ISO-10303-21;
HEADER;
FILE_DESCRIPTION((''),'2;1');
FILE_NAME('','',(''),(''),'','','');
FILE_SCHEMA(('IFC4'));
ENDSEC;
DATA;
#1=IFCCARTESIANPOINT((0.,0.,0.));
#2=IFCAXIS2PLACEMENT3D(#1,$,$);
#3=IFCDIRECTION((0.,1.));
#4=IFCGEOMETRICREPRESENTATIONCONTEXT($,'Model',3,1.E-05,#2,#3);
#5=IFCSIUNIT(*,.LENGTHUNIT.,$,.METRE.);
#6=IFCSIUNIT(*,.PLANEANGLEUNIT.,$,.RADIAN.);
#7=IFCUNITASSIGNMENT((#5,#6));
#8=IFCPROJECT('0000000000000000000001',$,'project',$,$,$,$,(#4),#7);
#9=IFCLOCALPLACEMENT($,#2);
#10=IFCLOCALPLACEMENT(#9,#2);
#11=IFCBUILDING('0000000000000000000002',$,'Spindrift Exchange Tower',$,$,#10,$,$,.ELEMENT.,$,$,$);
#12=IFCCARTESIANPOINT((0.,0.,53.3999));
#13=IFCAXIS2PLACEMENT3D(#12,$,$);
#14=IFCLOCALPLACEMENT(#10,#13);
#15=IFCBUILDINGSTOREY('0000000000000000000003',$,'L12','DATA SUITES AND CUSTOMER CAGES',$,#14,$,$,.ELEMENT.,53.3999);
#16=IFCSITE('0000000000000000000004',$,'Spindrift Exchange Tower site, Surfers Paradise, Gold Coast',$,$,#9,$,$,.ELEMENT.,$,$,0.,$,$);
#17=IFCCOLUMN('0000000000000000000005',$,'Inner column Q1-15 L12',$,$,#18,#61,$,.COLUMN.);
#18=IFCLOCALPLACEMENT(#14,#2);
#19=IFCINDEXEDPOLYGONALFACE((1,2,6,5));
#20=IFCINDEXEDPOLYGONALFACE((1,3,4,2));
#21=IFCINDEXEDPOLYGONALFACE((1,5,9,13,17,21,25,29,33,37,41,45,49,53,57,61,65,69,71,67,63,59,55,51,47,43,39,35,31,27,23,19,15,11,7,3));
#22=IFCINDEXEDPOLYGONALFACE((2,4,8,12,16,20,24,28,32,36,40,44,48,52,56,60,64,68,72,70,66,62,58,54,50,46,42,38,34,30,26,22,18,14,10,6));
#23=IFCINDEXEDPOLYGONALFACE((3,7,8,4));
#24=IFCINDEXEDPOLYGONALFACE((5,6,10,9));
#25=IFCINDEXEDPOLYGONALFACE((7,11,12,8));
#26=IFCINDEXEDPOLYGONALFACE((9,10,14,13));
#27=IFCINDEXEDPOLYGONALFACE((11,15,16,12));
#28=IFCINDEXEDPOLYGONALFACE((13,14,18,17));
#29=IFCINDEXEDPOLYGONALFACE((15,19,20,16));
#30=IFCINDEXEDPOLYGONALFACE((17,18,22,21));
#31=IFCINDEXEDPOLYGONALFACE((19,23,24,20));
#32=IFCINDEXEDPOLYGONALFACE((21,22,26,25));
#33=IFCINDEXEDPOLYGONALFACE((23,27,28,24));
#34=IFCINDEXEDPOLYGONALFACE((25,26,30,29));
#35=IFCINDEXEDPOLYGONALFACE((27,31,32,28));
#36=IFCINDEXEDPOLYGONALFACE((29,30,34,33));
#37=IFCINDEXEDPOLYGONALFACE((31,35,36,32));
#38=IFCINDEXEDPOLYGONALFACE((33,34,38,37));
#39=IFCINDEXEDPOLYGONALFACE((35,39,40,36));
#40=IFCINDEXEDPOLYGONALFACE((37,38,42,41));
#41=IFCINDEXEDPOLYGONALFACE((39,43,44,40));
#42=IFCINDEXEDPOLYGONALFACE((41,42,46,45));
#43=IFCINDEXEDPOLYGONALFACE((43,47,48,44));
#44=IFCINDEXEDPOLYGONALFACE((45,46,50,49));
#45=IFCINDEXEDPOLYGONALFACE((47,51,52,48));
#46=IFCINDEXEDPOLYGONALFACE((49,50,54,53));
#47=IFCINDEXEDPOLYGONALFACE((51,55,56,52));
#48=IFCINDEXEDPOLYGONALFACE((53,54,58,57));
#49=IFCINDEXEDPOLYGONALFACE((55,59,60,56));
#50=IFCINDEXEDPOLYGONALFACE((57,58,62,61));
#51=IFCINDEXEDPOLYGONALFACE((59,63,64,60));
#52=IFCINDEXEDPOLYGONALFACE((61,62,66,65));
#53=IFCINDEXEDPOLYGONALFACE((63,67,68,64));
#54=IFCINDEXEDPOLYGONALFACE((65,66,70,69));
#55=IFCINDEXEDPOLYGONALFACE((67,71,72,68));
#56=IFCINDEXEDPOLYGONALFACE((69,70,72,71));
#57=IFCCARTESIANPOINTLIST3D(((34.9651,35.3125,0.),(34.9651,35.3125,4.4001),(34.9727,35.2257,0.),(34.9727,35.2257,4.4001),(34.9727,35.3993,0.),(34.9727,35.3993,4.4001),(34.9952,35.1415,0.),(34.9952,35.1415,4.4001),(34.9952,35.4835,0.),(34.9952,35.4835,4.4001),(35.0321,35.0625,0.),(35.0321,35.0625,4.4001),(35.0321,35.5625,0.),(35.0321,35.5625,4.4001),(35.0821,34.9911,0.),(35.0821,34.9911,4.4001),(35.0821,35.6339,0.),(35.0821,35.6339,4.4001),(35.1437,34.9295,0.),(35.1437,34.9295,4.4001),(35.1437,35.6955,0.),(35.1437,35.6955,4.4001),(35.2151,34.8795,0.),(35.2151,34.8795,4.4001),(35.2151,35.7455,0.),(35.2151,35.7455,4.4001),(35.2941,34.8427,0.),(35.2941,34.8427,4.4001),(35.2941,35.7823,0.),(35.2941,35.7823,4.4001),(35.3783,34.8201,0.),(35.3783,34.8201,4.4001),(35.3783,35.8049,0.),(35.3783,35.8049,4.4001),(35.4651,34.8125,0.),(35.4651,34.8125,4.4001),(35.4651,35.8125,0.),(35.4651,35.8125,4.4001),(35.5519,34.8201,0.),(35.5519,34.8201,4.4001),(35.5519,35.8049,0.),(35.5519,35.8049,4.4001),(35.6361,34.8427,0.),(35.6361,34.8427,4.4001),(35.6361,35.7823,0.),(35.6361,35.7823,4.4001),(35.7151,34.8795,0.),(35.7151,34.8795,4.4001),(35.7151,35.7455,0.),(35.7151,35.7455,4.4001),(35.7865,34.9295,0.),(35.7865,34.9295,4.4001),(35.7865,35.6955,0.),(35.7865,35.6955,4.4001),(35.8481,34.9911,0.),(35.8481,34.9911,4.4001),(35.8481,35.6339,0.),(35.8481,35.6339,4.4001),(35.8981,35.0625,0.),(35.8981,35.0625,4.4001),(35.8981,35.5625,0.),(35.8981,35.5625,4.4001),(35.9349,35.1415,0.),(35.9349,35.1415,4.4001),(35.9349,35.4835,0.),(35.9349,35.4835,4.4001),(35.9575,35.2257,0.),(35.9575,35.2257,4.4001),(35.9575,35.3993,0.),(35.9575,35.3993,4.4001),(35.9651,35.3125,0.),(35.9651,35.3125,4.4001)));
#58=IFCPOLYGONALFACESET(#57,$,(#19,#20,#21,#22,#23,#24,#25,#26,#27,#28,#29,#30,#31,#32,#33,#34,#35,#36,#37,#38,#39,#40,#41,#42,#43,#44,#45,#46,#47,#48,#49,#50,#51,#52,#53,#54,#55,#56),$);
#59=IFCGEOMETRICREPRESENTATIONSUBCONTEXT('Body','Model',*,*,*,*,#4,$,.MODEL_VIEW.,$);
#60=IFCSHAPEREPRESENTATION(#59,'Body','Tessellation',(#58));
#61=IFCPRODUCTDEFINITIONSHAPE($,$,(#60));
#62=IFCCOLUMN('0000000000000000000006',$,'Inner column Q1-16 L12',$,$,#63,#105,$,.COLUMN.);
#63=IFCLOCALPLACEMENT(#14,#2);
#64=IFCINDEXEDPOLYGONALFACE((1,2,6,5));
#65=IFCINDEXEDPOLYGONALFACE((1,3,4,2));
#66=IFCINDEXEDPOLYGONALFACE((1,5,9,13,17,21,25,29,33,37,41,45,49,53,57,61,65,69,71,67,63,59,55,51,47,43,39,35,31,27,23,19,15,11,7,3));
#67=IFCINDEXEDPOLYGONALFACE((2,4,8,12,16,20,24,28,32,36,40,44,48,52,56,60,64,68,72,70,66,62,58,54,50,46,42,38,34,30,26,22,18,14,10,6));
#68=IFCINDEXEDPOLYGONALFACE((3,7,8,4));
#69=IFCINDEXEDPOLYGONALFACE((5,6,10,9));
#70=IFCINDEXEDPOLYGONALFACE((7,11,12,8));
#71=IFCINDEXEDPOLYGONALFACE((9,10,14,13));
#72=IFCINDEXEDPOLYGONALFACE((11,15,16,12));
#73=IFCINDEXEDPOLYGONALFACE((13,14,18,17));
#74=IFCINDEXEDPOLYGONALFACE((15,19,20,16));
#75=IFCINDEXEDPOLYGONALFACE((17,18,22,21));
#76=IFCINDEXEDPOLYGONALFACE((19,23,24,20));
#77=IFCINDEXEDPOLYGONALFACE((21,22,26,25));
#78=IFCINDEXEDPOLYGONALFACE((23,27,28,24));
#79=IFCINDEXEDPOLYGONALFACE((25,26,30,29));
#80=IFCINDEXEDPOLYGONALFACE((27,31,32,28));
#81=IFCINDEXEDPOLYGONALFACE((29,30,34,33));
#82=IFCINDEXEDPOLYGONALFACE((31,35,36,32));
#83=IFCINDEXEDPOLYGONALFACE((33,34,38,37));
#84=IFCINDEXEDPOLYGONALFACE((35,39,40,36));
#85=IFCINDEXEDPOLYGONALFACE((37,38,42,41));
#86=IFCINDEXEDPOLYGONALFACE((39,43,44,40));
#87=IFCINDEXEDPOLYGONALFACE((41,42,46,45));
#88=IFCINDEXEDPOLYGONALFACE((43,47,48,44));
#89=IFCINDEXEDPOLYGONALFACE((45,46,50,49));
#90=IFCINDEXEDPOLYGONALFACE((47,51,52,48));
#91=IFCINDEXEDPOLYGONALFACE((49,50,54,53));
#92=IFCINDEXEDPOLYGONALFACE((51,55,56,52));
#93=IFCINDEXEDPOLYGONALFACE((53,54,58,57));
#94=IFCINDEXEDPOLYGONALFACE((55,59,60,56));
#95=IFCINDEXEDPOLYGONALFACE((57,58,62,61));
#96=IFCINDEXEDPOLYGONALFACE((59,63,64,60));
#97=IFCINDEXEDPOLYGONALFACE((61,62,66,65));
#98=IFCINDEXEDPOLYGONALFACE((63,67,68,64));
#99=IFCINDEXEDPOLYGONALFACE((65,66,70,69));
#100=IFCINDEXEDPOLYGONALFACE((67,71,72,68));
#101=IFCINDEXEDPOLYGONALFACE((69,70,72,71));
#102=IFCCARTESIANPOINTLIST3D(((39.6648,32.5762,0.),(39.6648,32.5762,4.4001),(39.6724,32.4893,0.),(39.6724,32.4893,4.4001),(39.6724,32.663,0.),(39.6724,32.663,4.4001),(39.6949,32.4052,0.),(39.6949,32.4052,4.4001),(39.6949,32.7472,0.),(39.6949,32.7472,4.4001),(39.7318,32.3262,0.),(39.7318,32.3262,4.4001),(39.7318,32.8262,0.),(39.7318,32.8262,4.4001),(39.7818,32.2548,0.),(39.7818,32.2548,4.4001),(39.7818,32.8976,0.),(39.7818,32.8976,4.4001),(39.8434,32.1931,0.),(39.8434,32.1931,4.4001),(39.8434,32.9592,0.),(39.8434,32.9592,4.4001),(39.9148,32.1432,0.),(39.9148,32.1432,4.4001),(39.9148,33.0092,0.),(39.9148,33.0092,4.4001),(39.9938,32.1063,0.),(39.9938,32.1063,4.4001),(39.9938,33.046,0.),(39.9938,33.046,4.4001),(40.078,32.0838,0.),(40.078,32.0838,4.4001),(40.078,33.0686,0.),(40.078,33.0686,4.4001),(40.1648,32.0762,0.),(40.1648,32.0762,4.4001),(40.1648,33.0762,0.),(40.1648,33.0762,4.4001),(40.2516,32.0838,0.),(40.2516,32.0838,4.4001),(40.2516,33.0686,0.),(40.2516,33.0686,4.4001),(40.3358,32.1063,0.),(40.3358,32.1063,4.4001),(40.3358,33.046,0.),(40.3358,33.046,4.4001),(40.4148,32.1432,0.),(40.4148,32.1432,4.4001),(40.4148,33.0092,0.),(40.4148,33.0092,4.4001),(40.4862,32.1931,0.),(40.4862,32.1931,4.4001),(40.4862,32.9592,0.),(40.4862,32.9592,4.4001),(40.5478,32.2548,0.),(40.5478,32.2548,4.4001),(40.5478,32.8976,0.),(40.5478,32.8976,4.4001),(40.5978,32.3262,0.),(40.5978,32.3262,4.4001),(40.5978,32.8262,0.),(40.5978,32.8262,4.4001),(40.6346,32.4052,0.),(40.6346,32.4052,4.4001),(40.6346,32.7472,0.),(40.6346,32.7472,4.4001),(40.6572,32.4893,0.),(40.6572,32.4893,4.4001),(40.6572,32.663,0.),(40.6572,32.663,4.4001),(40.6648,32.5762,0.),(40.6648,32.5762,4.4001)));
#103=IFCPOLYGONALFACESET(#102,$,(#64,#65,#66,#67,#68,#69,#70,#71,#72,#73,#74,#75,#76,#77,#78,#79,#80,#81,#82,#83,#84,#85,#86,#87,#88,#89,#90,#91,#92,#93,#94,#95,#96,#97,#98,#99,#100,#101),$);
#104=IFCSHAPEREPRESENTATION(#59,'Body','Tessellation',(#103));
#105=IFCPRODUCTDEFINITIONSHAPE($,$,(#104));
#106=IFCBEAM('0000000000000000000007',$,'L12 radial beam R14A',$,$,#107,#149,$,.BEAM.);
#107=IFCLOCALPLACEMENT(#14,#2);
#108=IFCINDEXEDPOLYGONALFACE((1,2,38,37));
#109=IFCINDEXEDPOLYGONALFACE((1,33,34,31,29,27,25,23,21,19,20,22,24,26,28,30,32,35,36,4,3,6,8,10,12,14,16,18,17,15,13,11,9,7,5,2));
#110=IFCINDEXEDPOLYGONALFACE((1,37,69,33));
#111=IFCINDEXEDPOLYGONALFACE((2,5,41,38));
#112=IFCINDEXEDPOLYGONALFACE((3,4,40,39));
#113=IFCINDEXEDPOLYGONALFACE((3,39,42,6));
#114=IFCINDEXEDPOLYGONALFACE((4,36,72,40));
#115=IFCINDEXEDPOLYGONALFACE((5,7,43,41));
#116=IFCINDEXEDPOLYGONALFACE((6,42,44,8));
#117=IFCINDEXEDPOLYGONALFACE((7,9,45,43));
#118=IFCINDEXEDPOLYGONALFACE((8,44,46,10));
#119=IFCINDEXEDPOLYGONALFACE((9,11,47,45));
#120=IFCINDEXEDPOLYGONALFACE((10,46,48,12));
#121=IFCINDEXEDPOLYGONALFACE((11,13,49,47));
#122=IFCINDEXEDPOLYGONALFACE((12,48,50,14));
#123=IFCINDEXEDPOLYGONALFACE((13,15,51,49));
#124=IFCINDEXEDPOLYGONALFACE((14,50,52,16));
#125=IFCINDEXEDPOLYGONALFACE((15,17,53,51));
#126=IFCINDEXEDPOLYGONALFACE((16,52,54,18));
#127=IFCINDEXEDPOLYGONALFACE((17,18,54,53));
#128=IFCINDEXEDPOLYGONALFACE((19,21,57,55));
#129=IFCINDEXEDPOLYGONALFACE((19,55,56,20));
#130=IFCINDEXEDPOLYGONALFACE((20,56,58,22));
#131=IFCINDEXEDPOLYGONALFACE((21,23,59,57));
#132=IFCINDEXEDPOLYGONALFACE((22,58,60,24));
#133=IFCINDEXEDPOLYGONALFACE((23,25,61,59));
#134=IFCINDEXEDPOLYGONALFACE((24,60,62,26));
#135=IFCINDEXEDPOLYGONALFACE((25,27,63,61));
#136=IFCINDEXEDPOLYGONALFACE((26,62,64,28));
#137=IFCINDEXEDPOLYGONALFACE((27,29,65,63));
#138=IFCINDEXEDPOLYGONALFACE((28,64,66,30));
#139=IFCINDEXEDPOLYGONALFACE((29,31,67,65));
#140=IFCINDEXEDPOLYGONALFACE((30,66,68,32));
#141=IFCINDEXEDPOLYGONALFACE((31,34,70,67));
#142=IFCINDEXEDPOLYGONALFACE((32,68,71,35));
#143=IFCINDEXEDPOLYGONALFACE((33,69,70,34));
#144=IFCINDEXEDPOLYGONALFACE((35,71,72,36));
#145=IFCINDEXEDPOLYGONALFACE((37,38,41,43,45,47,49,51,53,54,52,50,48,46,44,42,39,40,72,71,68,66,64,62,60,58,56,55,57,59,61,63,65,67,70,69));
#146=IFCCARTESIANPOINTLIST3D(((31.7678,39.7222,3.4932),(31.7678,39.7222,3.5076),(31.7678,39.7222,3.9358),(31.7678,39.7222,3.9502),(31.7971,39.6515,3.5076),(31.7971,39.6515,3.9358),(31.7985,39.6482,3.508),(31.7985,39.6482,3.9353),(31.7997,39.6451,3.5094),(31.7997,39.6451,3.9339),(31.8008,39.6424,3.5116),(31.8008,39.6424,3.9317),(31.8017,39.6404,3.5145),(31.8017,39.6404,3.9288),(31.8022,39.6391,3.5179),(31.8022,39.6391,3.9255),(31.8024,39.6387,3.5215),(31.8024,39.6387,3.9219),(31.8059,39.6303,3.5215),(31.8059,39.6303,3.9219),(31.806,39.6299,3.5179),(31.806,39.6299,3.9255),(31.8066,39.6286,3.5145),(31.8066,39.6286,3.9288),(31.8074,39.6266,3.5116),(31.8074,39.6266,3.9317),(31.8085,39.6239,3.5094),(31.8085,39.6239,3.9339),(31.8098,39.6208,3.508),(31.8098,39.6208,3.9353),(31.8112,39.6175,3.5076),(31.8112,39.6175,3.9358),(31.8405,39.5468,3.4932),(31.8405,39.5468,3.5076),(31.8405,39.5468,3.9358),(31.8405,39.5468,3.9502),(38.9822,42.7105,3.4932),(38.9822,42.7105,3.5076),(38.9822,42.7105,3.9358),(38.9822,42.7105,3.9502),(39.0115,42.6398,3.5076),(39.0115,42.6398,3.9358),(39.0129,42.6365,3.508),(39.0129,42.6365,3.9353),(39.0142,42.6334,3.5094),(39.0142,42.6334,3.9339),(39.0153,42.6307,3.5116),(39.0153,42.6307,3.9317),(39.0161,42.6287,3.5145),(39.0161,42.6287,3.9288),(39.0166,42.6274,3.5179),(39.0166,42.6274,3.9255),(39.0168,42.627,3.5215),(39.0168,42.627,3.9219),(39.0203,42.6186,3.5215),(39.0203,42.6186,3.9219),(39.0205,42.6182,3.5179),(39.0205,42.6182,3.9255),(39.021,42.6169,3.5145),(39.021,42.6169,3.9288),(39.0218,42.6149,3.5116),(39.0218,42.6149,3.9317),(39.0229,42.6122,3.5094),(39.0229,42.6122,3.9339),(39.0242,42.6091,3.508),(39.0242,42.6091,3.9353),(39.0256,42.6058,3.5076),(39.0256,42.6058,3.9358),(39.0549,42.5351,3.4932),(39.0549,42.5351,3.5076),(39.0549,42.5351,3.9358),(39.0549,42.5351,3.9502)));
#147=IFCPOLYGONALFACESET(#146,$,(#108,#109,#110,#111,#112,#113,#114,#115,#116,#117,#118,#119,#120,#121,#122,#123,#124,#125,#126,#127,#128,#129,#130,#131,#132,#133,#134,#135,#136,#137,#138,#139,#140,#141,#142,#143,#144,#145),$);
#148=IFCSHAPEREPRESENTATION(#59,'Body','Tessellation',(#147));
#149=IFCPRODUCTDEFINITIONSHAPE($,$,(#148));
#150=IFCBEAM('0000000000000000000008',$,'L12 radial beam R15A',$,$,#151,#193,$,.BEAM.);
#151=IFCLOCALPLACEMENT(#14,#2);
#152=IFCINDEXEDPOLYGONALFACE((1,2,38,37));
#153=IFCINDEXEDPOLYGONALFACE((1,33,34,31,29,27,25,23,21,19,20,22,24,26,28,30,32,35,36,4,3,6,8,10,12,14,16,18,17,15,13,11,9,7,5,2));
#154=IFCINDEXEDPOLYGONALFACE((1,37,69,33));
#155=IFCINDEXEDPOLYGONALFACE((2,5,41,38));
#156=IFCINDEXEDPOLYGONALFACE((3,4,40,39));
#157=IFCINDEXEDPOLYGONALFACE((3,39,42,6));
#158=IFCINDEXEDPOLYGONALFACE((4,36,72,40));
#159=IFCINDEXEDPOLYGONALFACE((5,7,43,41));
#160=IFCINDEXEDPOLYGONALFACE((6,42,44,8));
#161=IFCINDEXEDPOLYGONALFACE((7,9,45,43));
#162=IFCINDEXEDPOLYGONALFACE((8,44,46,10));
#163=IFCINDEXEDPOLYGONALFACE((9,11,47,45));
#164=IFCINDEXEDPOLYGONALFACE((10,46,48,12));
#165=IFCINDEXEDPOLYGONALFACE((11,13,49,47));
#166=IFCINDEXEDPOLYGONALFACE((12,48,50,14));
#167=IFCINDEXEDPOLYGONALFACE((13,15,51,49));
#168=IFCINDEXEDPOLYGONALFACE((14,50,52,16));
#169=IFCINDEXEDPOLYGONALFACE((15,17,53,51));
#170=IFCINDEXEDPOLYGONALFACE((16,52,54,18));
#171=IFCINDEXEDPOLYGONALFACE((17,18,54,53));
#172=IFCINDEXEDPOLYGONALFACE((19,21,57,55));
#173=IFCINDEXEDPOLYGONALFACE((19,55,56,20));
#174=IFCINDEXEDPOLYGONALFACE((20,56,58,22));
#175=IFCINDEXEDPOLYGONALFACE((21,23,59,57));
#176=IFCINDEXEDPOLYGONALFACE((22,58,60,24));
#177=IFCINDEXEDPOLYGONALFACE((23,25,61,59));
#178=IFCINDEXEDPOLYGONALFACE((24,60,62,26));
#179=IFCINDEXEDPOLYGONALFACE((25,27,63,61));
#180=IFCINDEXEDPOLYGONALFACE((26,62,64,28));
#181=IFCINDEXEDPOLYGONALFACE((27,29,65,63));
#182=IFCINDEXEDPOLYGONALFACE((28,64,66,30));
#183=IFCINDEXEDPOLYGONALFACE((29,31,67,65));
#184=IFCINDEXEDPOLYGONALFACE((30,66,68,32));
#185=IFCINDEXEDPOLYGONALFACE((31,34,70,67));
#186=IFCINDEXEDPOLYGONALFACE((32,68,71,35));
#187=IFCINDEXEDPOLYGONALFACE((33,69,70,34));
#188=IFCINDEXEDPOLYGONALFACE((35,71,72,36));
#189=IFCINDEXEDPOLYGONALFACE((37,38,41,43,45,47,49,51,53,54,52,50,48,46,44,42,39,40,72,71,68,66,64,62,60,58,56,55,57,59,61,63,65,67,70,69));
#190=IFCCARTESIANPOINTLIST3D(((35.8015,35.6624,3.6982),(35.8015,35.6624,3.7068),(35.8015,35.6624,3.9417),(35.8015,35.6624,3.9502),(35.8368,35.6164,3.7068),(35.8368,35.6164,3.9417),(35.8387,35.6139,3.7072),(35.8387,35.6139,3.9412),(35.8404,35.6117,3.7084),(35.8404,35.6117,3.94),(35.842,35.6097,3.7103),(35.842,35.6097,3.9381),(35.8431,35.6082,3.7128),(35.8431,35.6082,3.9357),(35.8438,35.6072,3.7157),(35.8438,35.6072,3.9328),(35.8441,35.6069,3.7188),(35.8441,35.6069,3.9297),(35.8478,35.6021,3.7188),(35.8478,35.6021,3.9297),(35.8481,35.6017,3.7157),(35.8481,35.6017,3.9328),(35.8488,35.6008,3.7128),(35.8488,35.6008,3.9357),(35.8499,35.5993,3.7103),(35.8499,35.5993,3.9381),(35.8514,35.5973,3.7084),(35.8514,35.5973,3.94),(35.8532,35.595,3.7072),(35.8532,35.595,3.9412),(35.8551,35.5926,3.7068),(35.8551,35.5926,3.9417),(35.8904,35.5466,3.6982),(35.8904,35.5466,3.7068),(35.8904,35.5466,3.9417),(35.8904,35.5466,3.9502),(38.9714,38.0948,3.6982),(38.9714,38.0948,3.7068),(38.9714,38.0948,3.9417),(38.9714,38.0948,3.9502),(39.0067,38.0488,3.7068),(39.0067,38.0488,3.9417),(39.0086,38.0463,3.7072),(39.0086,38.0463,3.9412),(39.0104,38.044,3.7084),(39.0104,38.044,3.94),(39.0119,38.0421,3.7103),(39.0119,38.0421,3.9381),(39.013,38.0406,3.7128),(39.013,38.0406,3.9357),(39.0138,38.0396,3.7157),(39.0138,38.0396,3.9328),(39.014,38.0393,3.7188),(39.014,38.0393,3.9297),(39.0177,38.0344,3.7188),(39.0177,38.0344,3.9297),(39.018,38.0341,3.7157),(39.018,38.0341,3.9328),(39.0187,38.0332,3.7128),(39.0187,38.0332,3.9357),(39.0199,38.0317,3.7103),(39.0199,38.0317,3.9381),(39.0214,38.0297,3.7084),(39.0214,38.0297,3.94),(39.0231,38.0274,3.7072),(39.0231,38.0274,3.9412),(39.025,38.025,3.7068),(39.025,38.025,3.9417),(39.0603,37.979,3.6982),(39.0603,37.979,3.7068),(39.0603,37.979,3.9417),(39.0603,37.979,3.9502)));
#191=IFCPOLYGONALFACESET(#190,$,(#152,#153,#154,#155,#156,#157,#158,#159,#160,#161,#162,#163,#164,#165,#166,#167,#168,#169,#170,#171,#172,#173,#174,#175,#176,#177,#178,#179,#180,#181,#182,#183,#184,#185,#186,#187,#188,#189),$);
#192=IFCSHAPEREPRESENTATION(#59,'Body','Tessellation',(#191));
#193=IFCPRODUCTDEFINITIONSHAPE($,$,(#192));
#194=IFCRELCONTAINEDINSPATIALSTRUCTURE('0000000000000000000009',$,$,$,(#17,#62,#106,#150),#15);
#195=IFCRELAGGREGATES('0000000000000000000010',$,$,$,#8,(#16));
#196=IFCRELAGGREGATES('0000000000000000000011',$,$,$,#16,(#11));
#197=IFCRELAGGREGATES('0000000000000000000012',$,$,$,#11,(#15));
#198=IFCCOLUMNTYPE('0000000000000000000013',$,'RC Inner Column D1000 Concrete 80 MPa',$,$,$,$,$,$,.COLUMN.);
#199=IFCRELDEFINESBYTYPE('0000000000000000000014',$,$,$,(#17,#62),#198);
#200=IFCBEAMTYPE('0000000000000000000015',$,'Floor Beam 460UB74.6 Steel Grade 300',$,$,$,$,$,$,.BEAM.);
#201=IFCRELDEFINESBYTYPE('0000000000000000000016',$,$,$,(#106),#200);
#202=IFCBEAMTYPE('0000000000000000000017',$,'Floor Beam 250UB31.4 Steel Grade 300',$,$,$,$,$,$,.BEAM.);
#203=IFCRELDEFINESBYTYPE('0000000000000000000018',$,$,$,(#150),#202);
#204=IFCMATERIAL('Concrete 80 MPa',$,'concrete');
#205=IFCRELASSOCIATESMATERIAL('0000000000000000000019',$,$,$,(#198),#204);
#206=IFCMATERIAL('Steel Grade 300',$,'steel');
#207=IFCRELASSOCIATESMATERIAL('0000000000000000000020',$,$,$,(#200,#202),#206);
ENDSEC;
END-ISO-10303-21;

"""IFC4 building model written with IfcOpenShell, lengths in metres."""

from ifc_helpers import new_model, si_unit, direction, frame, origin, origin_2d, place, context, subcontext, project, spatial, circle, i_section, extrude, source, transform, mapped, material, material_profile, profile_set, type_object, element, save


model = new_model("IFC4")

# Units and contexts
model_context = context("Model", 3, precision=1e-05, world=origin(), true_north=direction((0.0, 1.0)))
body_context = subcontext(model_context, "Body", "Model", "MODEL_VIEW")
ifc_project = project(units=[si_unit("LENGTHUNIT", "METRE"), si_unit("PLANEANGLEUNIT", "RADIAN")], contexts=[model_context])

# Site, building, storey
site_placement = place(None, origin())
site = spatial("IfcSite", under=ifc_project, at=site_placement, Name="Spindrift Exchange Tower site, Surfers Paradise, Gold Coast", CompositionType="ELEMENT", RefElevation=0.0)
building_placement = place(site_placement, origin())
building = spatial("IfcBuilding", under=site, at=building_placement, Name="Spindrift Exchange Tower", CompositionType="ELEMENT")
storey_placement = place(building_placement, frame((0.0, 0.0, 53.3999)))
storey = spatial("IfcBuildingStorey", under=building, at=storey_placement, Name="L12", Description="DATA SUITES AND CUSTOMER CAGES", CompositionType="ELEMENT", Elevation=53.3999)

# Columns
ifc_material_1 = material(Name="Concrete 80 MPa", Category="concrete")
ifc_material_profile_1 = material_profile(ifc_material_1, circle(Radius=0.5, at=origin_2d()), Name="RC D1000")
ifc_profile_set_1 = profile_set([ifc_material_profile_1], Name="Concrete 80 MPa")
column_type = type_object("IfcColumnType", Name="RC Inner Column D1000 Concrete 80 MPa", PredefinedType="COLUMN", material=ifc_profile_set_1)
shared_shape_1 = source(origin(), body_context, "Body", "SweptSolid", [
    extrude(circle(Radius=0.5, at=origin_2d()), origin(), (0.0, 0.0, 1.0), 4.4001),
])
for number, where, z_axis, x_axis, name in (
    (1, (35.4651, 35.3125, 0.0), (0.0, 0.0, 1.0), (1.0, 0.0, 0.0), "Inner column Q1-15 L12"),
    (2, (40.1648, 32.5762, 0.0), (0.0, 0.0, 1.0), (1.0, 0.0, 0.0), "Inner column Q1-16 L12"),
):
    element("IfcColumn", number, at=place(storey_placement, frame(where, z_axis=z_axis, x_axis=x_axis)), inside=storey, type_object=column_type, Name=name, PredefinedType="COLUMN", context=body_context, shape_type="MappedRepresentation", body=[
        mapped(shared_shape_1, transform((0.0, 0.0, 0.0), scale=1.0)),
    ])

# Beams
ifc_material_2 = material(Name="Steel Grade 300", Category="steel")
ifc_material_profile_2 = material_profile(ifc_material_2, i_section(OverallWidth=0.1899, OverallDepth=0.457, WebThickness=0.009, FlangeThickness=0.0144, FilletRadius=0.0139, at=origin_2d()), Name="460UB74.6")
ifc_profile_set_2 = profile_set([ifc_material_profile_2], Name="Steel Grade 300")
beam_type_1 = type_object("IfcBeamType", Name="Floor Beam 460UB74.6 Steel Grade 300", PredefinedType="BEAM", material=ifc_profile_set_2)
shared_shape_2 = source(origin(), body_context, "Body", "SweptSolid", [
    extrude(i_section(OverallWidth=0.1899, OverallDepth=0.457, WebThickness=0.009, FlangeThickness=0.0144, FilletRadius=0.0139, at=origin_2d()), origin(), (0.0, 0.0, 1.0), 7.8088),
])
beam_1_placement = place(storey_placement, frame((39.0186, 42.6228, 3.7217), z_axis=(-0.92388, -0.382683, 0.0), x_axis=(0.382683, -0.92388, 0.0)))
element("IfcBeam", 3, at=beam_1_placement, inside=storey, type_object=beam_type_1, Name="L12 radial beam R14A", PredefinedType="BEAM", context=body_context, shape_type="MappedRepresentation", body=[
    mapped(shared_shape_2, transform((0.0, 0.0, 0.0), scale=1.0)),
])
ifc_material_profile_3 = material_profile(ifc_material_2, i_section(OverallWidth=0.146, OverallDepth=0.252, WebThickness=0.0061, FlangeThickness=0.0085, FilletRadius=0.012, at=origin_2d()), Name="250UB31.4")
ifc_profile_set_3 = profile_set([ifc_material_profile_3], Name="Steel Grade 300")
beam_type_2 = type_object("IfcBeamType", Name="Floor Beam 250UB31.4 Steel Grade 300", PredefinedType="BEAM", material=ifc_profile_set_3)
shared_shape_3 = source(origin(), body_context, "Body", "SweptSolid", [
    extrude(i_section(OverallWidth=0.146, OverallDepth=0.252, WebThickness=0.0061, FlangeThickness=0.0085, FilletRadius=0.012, at=origin_2d()), origin(), (0.0, 0.0, 1.0), 3.9956),
])
beam_2_placement = place(storey_placement, frame((39.0159, 38.0369, 3.8242), z_axis=(-0.793353, -0.608762, 0.0), x_axis=(0.608762, -0.793353, 0.0)))
element("IfcBeam", 4, at=beam_2_placement, inside=storey, type_object=beam_type_2, Name="L12 radial beam R15A", PredefinedType="BEAM", context=body_context, shape_type="MappedRepresentation", body=[
    mapped(shared_shape_3, transform((0.0, 0.0, 0.0), scale=1.0)),
])

save(model, "model.ifc")
